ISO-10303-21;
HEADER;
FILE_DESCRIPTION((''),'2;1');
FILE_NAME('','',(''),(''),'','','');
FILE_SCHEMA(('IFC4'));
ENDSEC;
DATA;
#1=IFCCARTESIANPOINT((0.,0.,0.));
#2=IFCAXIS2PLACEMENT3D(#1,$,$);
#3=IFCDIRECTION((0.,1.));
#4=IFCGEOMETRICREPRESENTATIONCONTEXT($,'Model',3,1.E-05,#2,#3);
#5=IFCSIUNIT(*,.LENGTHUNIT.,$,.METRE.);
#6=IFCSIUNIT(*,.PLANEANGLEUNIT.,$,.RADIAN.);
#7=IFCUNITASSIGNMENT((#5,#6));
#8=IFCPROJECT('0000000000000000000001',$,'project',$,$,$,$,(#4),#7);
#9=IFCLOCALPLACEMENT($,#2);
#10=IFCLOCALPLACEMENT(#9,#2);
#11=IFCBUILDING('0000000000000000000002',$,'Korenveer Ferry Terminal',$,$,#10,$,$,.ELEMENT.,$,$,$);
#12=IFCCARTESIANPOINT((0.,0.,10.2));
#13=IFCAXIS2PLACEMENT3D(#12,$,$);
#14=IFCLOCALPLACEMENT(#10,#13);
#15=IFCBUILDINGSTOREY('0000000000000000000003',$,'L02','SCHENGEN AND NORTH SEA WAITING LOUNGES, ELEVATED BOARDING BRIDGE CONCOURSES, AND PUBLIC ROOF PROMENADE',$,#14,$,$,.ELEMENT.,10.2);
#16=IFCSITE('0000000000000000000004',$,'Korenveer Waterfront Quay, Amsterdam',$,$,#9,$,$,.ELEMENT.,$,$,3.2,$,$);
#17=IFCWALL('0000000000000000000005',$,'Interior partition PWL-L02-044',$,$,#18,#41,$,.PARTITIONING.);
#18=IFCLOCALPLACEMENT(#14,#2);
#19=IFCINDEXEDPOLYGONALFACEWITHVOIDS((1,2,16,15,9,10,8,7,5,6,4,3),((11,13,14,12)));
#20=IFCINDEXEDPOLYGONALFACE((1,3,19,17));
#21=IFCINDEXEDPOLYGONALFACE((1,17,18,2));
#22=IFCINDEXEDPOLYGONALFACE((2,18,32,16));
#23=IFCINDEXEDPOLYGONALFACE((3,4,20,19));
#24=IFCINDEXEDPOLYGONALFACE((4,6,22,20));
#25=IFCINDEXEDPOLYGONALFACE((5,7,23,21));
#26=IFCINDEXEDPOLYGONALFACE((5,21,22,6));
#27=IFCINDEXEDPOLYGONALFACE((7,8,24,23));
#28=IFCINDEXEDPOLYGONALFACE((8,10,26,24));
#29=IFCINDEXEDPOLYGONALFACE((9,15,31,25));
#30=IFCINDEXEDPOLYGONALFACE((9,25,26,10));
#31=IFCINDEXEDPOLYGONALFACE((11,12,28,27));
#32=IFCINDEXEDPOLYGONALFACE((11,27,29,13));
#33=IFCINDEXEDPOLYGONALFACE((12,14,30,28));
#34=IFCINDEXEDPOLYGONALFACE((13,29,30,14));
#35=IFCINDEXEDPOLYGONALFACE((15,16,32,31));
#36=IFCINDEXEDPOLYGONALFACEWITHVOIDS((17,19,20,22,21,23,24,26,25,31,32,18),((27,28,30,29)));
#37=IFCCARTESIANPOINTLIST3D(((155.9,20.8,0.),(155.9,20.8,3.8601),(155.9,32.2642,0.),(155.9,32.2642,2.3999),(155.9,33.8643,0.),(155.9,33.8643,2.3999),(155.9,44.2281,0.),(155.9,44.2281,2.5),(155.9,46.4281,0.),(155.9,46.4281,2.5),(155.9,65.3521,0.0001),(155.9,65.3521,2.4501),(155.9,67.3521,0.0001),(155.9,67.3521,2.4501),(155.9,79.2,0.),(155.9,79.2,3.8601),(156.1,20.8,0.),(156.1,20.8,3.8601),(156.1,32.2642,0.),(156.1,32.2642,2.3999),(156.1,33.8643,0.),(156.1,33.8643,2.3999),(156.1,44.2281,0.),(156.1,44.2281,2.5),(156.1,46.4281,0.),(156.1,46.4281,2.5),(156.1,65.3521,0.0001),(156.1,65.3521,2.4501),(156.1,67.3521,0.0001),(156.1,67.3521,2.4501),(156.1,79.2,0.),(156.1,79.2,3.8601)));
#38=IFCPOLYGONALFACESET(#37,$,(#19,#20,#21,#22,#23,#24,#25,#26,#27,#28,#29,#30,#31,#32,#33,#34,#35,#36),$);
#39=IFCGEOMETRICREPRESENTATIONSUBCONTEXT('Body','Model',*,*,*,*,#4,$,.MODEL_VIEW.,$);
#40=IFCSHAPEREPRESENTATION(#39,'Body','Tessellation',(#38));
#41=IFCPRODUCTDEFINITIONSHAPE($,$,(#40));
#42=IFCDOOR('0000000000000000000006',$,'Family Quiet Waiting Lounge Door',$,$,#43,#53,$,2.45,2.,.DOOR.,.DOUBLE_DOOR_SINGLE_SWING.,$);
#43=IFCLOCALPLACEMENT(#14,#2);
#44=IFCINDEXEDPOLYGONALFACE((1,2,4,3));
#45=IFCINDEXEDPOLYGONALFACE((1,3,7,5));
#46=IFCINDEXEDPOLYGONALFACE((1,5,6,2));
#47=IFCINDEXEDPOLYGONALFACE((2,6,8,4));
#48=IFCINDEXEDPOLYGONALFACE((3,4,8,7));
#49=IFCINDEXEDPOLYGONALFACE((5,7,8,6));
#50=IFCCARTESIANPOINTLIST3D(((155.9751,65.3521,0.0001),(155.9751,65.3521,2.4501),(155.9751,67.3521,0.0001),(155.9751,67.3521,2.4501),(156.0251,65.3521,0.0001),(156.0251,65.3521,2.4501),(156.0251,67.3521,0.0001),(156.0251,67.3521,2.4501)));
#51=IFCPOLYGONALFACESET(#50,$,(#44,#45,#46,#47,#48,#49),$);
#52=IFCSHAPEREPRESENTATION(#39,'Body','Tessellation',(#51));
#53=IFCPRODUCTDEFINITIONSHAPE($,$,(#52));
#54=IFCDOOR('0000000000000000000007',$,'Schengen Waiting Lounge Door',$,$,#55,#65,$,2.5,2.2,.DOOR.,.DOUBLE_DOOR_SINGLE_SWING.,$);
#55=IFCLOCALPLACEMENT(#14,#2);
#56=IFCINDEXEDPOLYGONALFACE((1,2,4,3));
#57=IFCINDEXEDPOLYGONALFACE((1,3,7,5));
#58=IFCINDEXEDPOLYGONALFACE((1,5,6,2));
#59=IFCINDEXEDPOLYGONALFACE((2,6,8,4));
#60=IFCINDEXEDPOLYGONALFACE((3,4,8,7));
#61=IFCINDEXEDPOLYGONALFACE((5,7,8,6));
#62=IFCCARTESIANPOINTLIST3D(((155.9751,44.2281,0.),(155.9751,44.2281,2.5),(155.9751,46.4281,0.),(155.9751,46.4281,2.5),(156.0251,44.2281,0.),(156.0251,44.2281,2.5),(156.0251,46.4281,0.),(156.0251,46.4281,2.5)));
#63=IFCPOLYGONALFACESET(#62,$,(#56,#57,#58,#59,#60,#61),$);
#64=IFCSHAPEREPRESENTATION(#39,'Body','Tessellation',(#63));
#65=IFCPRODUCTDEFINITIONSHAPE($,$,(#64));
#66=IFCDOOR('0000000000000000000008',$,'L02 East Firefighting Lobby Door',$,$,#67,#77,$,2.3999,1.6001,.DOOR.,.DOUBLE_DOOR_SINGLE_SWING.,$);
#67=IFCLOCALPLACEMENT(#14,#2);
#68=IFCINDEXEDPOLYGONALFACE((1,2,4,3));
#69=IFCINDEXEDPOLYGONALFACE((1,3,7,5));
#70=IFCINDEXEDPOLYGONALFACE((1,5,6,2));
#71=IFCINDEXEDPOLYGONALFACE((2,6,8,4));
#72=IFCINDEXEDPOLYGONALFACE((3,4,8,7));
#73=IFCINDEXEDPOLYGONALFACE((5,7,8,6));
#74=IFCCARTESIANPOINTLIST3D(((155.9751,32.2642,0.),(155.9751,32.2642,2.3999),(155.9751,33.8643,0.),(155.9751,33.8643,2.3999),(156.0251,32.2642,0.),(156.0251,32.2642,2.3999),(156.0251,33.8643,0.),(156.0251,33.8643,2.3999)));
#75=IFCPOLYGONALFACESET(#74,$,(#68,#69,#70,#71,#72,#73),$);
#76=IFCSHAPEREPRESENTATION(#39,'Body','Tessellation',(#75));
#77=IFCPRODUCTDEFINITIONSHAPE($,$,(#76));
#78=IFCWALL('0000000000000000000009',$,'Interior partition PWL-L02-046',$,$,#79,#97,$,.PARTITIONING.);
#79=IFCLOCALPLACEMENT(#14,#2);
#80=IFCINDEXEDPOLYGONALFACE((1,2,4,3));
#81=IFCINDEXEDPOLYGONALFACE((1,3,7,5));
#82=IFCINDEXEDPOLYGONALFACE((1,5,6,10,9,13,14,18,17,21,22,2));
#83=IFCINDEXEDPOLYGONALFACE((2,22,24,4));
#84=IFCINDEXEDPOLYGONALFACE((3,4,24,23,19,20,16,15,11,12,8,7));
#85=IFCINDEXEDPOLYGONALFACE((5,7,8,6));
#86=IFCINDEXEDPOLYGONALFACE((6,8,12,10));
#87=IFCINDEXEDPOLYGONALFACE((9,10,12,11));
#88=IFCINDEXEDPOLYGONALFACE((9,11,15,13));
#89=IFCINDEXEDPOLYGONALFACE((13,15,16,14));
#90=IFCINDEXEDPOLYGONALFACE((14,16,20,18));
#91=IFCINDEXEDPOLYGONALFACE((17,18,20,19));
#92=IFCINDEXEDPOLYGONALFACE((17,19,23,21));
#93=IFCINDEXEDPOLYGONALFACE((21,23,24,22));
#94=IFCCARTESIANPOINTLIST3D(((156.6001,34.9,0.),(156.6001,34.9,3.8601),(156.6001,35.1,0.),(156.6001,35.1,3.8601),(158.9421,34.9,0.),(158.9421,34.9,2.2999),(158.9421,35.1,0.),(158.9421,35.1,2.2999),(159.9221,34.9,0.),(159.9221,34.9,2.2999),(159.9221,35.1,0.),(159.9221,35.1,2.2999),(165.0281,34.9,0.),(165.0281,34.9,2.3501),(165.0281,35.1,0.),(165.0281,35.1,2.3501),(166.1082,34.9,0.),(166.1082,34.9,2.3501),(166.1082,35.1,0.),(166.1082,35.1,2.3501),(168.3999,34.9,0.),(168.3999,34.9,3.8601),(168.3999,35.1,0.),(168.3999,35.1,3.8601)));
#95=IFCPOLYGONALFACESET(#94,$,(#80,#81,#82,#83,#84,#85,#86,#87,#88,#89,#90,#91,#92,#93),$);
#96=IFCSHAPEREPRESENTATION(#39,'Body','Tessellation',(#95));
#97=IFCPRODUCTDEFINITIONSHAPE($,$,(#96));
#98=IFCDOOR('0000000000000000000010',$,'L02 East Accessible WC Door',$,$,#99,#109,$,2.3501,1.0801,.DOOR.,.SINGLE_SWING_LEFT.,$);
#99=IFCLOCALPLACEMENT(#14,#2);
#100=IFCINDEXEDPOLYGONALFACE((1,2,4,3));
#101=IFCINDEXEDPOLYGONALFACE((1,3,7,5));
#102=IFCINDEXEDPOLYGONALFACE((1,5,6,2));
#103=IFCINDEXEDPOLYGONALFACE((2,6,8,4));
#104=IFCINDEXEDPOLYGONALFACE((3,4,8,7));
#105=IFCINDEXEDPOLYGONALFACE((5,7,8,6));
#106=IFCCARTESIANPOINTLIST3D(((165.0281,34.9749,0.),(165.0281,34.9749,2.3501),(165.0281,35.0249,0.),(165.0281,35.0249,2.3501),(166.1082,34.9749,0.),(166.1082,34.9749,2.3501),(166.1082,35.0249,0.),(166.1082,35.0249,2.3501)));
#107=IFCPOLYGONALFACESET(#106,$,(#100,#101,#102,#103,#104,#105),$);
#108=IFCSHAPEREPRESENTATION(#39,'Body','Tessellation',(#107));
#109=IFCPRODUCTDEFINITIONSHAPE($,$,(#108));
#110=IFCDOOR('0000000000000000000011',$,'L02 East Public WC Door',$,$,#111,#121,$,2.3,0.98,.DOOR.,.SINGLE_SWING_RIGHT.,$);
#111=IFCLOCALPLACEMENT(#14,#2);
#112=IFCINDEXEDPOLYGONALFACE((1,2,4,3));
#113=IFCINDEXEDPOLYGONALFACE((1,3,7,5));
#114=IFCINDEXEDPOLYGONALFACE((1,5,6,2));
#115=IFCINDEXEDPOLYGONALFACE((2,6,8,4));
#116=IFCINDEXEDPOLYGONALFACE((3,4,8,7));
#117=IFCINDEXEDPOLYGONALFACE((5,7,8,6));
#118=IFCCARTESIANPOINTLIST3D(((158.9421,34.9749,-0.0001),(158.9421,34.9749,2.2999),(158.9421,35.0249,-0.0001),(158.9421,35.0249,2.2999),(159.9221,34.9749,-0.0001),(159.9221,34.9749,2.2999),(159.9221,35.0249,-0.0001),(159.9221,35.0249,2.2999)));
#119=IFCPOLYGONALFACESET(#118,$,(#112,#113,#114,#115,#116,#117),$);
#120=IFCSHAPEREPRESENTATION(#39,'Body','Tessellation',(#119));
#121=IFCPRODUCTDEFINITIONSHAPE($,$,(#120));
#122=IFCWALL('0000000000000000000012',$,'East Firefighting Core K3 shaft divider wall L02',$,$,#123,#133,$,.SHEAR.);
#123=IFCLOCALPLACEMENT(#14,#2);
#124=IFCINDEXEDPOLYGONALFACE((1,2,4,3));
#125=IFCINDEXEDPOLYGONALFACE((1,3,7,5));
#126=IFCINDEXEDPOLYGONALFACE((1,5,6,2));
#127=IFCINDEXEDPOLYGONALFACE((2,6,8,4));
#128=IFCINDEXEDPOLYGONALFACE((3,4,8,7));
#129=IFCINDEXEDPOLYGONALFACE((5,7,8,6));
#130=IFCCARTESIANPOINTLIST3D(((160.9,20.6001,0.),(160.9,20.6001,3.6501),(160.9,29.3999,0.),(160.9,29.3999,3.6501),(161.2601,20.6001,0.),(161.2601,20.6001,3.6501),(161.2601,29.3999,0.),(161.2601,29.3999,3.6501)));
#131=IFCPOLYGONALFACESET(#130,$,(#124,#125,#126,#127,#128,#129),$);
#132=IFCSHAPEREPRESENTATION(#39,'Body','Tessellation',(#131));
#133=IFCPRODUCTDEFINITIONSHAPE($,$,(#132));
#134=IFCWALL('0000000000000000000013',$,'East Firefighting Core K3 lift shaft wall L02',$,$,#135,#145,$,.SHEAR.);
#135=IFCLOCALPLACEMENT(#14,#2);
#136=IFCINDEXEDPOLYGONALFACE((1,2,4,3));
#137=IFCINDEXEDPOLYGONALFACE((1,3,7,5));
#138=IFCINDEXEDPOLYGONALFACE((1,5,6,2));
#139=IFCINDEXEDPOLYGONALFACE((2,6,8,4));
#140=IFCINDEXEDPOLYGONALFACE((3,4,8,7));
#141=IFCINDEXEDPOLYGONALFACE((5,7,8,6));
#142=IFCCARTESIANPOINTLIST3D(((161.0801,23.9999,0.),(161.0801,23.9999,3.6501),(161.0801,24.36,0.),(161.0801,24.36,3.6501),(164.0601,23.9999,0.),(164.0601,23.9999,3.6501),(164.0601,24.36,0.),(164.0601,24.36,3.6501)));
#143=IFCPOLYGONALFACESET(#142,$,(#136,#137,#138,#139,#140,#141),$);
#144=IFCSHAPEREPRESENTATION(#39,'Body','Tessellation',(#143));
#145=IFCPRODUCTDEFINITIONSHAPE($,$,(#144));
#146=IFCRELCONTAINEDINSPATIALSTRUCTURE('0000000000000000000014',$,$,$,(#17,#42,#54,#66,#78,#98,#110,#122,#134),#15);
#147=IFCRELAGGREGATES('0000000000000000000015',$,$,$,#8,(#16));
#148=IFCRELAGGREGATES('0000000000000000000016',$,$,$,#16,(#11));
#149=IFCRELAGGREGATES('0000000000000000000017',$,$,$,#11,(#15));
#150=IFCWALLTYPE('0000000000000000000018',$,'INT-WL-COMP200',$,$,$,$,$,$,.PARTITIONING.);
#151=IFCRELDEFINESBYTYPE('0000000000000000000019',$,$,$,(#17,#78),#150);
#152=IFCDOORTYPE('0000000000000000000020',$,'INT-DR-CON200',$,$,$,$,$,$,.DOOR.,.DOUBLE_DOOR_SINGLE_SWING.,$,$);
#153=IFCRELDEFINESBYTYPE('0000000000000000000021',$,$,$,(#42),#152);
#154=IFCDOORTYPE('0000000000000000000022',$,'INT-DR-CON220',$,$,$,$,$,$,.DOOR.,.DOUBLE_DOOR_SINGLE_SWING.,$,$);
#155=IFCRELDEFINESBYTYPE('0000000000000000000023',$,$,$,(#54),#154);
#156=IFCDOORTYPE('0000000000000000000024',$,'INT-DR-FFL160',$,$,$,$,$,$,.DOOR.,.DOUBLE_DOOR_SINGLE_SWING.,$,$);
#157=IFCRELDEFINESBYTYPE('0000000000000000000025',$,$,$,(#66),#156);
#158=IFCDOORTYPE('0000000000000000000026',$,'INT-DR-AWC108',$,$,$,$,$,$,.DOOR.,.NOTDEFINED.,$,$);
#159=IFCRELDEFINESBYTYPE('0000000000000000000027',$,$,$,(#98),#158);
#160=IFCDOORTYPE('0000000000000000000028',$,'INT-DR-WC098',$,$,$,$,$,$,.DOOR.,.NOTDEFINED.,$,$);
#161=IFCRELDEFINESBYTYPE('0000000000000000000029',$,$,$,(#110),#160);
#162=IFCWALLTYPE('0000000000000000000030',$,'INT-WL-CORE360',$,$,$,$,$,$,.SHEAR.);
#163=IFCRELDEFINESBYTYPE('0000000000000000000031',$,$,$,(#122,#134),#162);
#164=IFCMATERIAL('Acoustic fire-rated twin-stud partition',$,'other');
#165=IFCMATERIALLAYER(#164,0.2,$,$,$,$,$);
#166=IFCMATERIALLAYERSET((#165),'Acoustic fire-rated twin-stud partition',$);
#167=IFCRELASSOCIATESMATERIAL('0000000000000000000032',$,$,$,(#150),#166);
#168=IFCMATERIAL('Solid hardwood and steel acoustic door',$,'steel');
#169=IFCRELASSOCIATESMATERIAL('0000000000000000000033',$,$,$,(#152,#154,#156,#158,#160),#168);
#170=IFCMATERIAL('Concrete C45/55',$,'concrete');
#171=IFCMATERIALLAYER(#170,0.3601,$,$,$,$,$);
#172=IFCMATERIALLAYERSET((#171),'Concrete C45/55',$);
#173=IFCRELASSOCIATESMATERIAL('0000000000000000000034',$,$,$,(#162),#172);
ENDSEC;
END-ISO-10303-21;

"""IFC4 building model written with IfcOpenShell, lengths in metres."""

from ifc_helpers import new_model, si_unit, direction, frame, frame_2d, origin, place, context, subcontext, project, spatial, rectangle, extrude, material, layer, layer_set, type_object, element, fill, save


model = new_model("IFC4")

# Units and contexts
model_context = context("Model", 3, precision=1e-05, world=origin(), true_north=direction((0.0, 1.0)))
body_context = subcontext(model_context, "Body", "Model", "MODEL_VIEW")
ifc_project = project(units=[si_unit("LENGTHUNIT", "METRE"), si_unit("PLANEANGLEUNIT", "RADIAN")], contexts=[model_context])

# Site, building, storey
site_placement = place(None, origin())
site = spatial("IfcSite", under=ifc_project, at=site_placement, Name="Korenveer Waterfront Quay, Amsterdam", CompositionType="ELEMENT", RefElevation=3.2)
building_placement = place(site_placement, origin())
building = spatial("IfcBuilding", under=site, at=building_placement, Name="Korenveer Ferry Terminal", CompositionType="ELEMENT")
storey_placement = place(building_placement, frame((0.0, 0.0, 10.2)))
storey = spatial("IfcBuildingStorey", under=building, at=storey_placement, Name="L02", Description="SCHENGEN AND NORTH SEA WAITING LOUNGES, ELEVATED BOARDING BRIDGE CONCOURSES, AND PUBLIC ROOF PROMENADE", CompositionType="ELEMENT", Elevation=10.2)

# Shared definitions
ifc_material_1 = material(Name="Concrete C45/55", Category="concrete")

# Walls, openings, doors
ifc_material_2 = material(Name="Acoustic fire-rated twin-stud partition", Category="other")
ifc_layer_1 = layer(ifc_material_2, 0.2)
ifc_layer_set_1 = layer_set([ifc_layer_1], Name="Acoustic fire-rated twin-stud partition")
wall_type_1 = type_object("IfcWallType", Name="INT-WL-COMP200", PredefinedType="PARTITIONING", material=ifc_layer_set_1)
wall_1_placement = place(storey_placement, frame((156.0, 20.8, 0.0), z_axis=(0.0, 0.0, 1.0), x_axis=(0.0, 1.0, 0.0)))
wall_1 = element("IfcWall", 1, at=wall_1_placement, inside=storey, type_object=wall_type_1, Name="Interior partition PWL-L02-044", PredefinedType="PARTITIONING", context=body_context, shape_type="SweptSolid", body=[
    extrude(rectangle(XDim=58.3999, YDim=0.2, at=frame_2d((29.2, 0.0))), origin(), (0.0, 0.0, 1.0), 3.8601),
])
opening_1_placement = place(wall_1_placement, frame((11.4641, 0.0, 0.0)))
opening_1 = element("IfcOpeningElement", 2, at=opening_1_placement, cuts=wall_1, PredefinedType="OPENING", context=body_context, shape_type="SweptSolid", body=[
    extrude(rectangle(XDim=1.6001, YDim=2.3999, at=frame_2d((0.8, 1.2))), frame((0.0, 0.1099, 0.0), z_axis=(0.0, -1.0, 0.0), x_axis=(1.0, 0.0, 0.0)), (0.0, 0.0, 1.0), 0.22),
])
opening_2_placement = place(wall_1_placement, frame((23.428, 0.0, 0.0)))
opening_2 = element("IfcOpeningElement", 3, at=opening_2_placement, cuts=wall_1, PredefinedType="OPENING", context=body_context, shape_type="SweptSolid", body=[
    extrude(rectangle(XDim=2.2, YDim=2.5, at=frame_2d((1.1001, 1.25))), frame((0.0, 0.1099, 0.0), z_axis=(0.0, -1.0, 0.0), x_axis=(1.0, 0.0, 0.0)), (0.0, 0.0, 1.0), 0.22),
])
opening_3_placement = place(wall_1_placement, frame((44.552, 0.0, 0.0)))
opening_3 = element("IfcOpeningElement", 4, at=opening_3_placement, cuts=wall_1, PredefinedType="OPENING", context=body_context, shape_type="SweptSolid", body=[
    extrude(rectangle(XDim=2.0, YDim=2.45, at=frame_2d((1.0, 1.2251))), frame((0.0, 0.1099, 0.0), z_axis=(0.0, -1.0, 0.0), x_axis=(1.0, 0.0, 0.0)), (0.0, 0.0, 1.0), 0.22),
])
ifc_material_3 = material(Name="Solid hardwood and steel acoustic door", Category="steel")
door_type_1 = type_object("IfcDoorType", Name="INT-DR-CON200", OperationType="DOUBLE_DOOR_SINGLE_SWING", PredefinedType="DOOR", material=ifc_material_3)
door_1_placement = place(opening_3_placement, origin())
door_1 = element("IfcDoor", 5, at=door_1_placement, inside=storey, type_object=door_type_1, Name="Family Quiet Waiting Lounge Door", OperationType="DOUBLE_DOOR_SINGLE_SWING", OverallHeight=2.45, OverallWidth=2.0, PredefinedType="DOOR", context=body_context, shape_type="SweptSolid", body=[
    extrude(rectangle(XDim=2.0, YDim=2.45, at=frame_2d((1.0, 1.2251))), frame((0.0, 0.0249, 0.0), z_axis=(0.0, -1.0, 0.0), x_axis=(1.0, 0.0, 0.0)), (0.0, 0.0, 1.0), 0.05),
])
fill(opening_3, door_1)
door_type_2 = type_object("IfcDoorType", Name="INT-DR-CON220", OperationType="DOUBLE_DOOR_SINGLE_SWING", PredefinedType="DOOR", material=ifc_material_3)
door_2_placement = place(opening_2_placement, origin())
door_2 = element("IfcDoor", 6, at=door_2_placement, inside=storey, type_object=door_type_2, Name="Schengen Waiting Lounge Door", OperationType="DOUBLE_DOOR_SINGLE_SWING", OverallHeight=2.5, OverallWidth=2.2, PredefinedType="DOOR", context=body_context, shape_type="SweptSolid", body=[
    extrude(rectangle(XDim=2.2, YDim=2.5, at=frame_2d((1.1001, 1.25))), frame((0.0, 0.0249, 0.0), z_axis=(0.0, -1.0, 0.0), x_axis=(1.0, 0.0, 0.0)), (0.0, 0.0, 1.0), 0.05),
])
fill(opening_2, door_2)
door_type_3 = type_object("IfcDoorType", Name="INT-DR-FFL160", OperationType="DOUBLE_DOOR_SINGLE_SWING", PredefinedType="DOOR", material=ifc_material_3)
door_3_placement = place(opening_1_placement, origin())
door_3 = element("IfcDoor", 7, at=door_3_placement, inside=storey, type_object=door_type_3, Name="L02 East Firefighting Lobby Door", OperationType="DOUBLE_DOOR_SINGLE_SWING", OverallHeight=2.3999, OverallWidth=1.6001, PredefinedType="DOOR", context=body_context, shape_type="SweptSolid", body=[
    extrude(rectangle(XDim=1.6001, YDim=2.3999, at=frame_2d((0.8, 1.2))), frame((0.0, 0.0249, 0.0), z_axis=(0.0, -1.0, 0.0), x_axis=(1.0, 0.0, 0.0)), (0.0, 0.0, 1.0), 0.05),
])
fill(opening_1, door_3)
wall_2_placement = place(storey_placement, frame((156.6001, 35.0, 0.0), z_axis=(0.0, 0.0, 1.0), x_axis=(1.0, 0.0, 0.0)))
wall_2 = element("IfcWall", 8, at=wall_2_placement, inside=storey, type_object=wall_type_1, Name="Interior partition PWL-L02-046", PredefinedType="PARTITIONING", context=body_context, shape_type="SweptSolid", body=[
    extrude(rectangle(XDim=11.7998, YDim=0.2, at=frame_2d((5.8999, 0.0))), origin(), (0.0, 0.0, 1.0), 3.8601),
])
opening_4_placement = place(wall_2_placement, frame((2.342, 0.0, 0.0)))
opening_4 = element("IfcOpeningElement", 9, at=opening_4_placement, cuts=wall_2, PredefinedType="OPENING", context=body_context, shape_type="SweptSolid", body=[
    extrude(rectangle(XDim=0.98, YDim=2.3, at=frame_2d((0.49, 1.1499))), frame((0.0, 0.1099, 0.0), z_axis=(0.0, -1.0, 0.0), x_axis=(1.0, 0.0, 0.0)), (0.0, 0.0, 1.0), 0.22),
])
opening_5_placement = place(wall_2_placement, frame((8.428, 0.0, 0.0)))
opening_5 = element("IfcOpeningElement", 10, at=opening_5_placement, cuts=wall_2, PredefinedType="OPENING", context=body_context, shape_type="SweptSolid", body=[
    extrude(rectangle(XDim=1.0801, YDim=2.3501, at=frame_2d((0.54, 1.175))), frame((0.0, 0.1099, 0.0), z_axis=(0.0, -1.0, 0.0), x_axis=(1.0, 0.0, 0.0)), (0.0, 0.0, 1.0), 0.22),
])
door_type_4 = type_object("IfcDoorType", Name="INT-DR-AWC108", OperationType="NOTDEFINED", PredefinedType="DOOR", material=ifc_material_3)
door_4_placement = place(opening_5_placement, origin())
door_4 = element("IfcDoor", 11, at=door_4_placement, inside=storey, type_object=door_type_4, Name="L02 East Accessible WC Door", OperationType="SINGLE_SWING_LEFT", OverallHeight=2.3501, OverallWidth=1.0801, PredefinedType="DOOR", context=body_context, shape_type="SweptSolid", body=[
    extrude(rectangle(XDim=1.0801, YDim=2.3501, at=frame_2d((0.54, 1.175))), frame((0.0, 0.0249, 0.0), z_axis=(0.0, -1.0, 0.0), x_axis=(1.0, 0.0, 0.0)), (0.0, 0.0, 1.0), 0.05),
])
fill(opening_5, door_4)
door_type_5 = type_object("IfcDoorType", Name="INT-DR-WC098", OperationType="NOTDEFINED", PredefinedType="DOOR", material=ifc_material_3)
door_5_placement = place(opening_4_placement, origin())
door_5 = element("IfcDoor", 12, at=door_5_placement, inside=storey, type_object=door_type_5, Name="L02 East Public WC Door", OperationType="SINGLE_SWING_RIGHT", OverallHeight=2.3, OverallWidth=0.98, PredefinedType="DOOR", context=body_context, shape_type="SweptSolid", body=[
    extrude(rectangle(XDim=0.98, YDim=2.3, at=frame_2d((0.49, 1.1499))), frame((0.0, 0.0249, 0.0), z_axis=(0.0, -1.0, 0.0), x_axis=(1.0, 0.0, 0.0)), (0.0, 0.0, 1.0), 0.05),
])
fill(opening_4, door_5)

# Walls
ifc_layer_2 = layer(ifc_material_1, 0.3601)
ifc_layer_set_2 = layer_set([ifc_layer_2], Name="Concrete C45/55")
wall_type_2 = type_object("IfcWallType", Name="INT-WL-CORE360", PredefinedType="SHEAR", material=ifc_layer_set_2)
wall_3_placement = place(storey_placement, frame((161.0801, 20.6001, 0.0), z_axis=(0.0, 0.0, 1.0), x_axis=(0.0, 1.0, 0.0)))
element("IfcWall", 13, at=wall_3_placement, inside=storey, type_object=wall_type_2, Name="East Firefighting Core K3 shaft divider wall L02", PredefinedType="SHEAR", context=body_context, shape_type="SweptSolid", body=[
    extrude(rectangle(XDim=8.7998, YDim=0.3601, at=frame_2d((4.3999, 0.0))), origin(), (0.0, 0.0, 1.0), 3.6501),
])
wall_4_placement = place(storey_placement, frame((161.0801, 24.1799, 0.0), z_axis=(0.0, 0.0, 1.0), x_axis=(1.0, 0.0, 0.0)))
element("IfcWall", 14, at=wall_4_placement, inside=storey, type_object=wall_type_2, Name="East Firefighting Core K3 lift shaft wall L02", PredefinedType="SHEAR", context=body_context, shape_type="SweptSolid", body=[
    extrude(rectangle(XDim=2.98, YDim=0.3601, at=frame_2d((1.49, 0.0))), origin(), (0.0, 0.0, 1.0), 3.6501),
])

save(model, "model.ifc")
